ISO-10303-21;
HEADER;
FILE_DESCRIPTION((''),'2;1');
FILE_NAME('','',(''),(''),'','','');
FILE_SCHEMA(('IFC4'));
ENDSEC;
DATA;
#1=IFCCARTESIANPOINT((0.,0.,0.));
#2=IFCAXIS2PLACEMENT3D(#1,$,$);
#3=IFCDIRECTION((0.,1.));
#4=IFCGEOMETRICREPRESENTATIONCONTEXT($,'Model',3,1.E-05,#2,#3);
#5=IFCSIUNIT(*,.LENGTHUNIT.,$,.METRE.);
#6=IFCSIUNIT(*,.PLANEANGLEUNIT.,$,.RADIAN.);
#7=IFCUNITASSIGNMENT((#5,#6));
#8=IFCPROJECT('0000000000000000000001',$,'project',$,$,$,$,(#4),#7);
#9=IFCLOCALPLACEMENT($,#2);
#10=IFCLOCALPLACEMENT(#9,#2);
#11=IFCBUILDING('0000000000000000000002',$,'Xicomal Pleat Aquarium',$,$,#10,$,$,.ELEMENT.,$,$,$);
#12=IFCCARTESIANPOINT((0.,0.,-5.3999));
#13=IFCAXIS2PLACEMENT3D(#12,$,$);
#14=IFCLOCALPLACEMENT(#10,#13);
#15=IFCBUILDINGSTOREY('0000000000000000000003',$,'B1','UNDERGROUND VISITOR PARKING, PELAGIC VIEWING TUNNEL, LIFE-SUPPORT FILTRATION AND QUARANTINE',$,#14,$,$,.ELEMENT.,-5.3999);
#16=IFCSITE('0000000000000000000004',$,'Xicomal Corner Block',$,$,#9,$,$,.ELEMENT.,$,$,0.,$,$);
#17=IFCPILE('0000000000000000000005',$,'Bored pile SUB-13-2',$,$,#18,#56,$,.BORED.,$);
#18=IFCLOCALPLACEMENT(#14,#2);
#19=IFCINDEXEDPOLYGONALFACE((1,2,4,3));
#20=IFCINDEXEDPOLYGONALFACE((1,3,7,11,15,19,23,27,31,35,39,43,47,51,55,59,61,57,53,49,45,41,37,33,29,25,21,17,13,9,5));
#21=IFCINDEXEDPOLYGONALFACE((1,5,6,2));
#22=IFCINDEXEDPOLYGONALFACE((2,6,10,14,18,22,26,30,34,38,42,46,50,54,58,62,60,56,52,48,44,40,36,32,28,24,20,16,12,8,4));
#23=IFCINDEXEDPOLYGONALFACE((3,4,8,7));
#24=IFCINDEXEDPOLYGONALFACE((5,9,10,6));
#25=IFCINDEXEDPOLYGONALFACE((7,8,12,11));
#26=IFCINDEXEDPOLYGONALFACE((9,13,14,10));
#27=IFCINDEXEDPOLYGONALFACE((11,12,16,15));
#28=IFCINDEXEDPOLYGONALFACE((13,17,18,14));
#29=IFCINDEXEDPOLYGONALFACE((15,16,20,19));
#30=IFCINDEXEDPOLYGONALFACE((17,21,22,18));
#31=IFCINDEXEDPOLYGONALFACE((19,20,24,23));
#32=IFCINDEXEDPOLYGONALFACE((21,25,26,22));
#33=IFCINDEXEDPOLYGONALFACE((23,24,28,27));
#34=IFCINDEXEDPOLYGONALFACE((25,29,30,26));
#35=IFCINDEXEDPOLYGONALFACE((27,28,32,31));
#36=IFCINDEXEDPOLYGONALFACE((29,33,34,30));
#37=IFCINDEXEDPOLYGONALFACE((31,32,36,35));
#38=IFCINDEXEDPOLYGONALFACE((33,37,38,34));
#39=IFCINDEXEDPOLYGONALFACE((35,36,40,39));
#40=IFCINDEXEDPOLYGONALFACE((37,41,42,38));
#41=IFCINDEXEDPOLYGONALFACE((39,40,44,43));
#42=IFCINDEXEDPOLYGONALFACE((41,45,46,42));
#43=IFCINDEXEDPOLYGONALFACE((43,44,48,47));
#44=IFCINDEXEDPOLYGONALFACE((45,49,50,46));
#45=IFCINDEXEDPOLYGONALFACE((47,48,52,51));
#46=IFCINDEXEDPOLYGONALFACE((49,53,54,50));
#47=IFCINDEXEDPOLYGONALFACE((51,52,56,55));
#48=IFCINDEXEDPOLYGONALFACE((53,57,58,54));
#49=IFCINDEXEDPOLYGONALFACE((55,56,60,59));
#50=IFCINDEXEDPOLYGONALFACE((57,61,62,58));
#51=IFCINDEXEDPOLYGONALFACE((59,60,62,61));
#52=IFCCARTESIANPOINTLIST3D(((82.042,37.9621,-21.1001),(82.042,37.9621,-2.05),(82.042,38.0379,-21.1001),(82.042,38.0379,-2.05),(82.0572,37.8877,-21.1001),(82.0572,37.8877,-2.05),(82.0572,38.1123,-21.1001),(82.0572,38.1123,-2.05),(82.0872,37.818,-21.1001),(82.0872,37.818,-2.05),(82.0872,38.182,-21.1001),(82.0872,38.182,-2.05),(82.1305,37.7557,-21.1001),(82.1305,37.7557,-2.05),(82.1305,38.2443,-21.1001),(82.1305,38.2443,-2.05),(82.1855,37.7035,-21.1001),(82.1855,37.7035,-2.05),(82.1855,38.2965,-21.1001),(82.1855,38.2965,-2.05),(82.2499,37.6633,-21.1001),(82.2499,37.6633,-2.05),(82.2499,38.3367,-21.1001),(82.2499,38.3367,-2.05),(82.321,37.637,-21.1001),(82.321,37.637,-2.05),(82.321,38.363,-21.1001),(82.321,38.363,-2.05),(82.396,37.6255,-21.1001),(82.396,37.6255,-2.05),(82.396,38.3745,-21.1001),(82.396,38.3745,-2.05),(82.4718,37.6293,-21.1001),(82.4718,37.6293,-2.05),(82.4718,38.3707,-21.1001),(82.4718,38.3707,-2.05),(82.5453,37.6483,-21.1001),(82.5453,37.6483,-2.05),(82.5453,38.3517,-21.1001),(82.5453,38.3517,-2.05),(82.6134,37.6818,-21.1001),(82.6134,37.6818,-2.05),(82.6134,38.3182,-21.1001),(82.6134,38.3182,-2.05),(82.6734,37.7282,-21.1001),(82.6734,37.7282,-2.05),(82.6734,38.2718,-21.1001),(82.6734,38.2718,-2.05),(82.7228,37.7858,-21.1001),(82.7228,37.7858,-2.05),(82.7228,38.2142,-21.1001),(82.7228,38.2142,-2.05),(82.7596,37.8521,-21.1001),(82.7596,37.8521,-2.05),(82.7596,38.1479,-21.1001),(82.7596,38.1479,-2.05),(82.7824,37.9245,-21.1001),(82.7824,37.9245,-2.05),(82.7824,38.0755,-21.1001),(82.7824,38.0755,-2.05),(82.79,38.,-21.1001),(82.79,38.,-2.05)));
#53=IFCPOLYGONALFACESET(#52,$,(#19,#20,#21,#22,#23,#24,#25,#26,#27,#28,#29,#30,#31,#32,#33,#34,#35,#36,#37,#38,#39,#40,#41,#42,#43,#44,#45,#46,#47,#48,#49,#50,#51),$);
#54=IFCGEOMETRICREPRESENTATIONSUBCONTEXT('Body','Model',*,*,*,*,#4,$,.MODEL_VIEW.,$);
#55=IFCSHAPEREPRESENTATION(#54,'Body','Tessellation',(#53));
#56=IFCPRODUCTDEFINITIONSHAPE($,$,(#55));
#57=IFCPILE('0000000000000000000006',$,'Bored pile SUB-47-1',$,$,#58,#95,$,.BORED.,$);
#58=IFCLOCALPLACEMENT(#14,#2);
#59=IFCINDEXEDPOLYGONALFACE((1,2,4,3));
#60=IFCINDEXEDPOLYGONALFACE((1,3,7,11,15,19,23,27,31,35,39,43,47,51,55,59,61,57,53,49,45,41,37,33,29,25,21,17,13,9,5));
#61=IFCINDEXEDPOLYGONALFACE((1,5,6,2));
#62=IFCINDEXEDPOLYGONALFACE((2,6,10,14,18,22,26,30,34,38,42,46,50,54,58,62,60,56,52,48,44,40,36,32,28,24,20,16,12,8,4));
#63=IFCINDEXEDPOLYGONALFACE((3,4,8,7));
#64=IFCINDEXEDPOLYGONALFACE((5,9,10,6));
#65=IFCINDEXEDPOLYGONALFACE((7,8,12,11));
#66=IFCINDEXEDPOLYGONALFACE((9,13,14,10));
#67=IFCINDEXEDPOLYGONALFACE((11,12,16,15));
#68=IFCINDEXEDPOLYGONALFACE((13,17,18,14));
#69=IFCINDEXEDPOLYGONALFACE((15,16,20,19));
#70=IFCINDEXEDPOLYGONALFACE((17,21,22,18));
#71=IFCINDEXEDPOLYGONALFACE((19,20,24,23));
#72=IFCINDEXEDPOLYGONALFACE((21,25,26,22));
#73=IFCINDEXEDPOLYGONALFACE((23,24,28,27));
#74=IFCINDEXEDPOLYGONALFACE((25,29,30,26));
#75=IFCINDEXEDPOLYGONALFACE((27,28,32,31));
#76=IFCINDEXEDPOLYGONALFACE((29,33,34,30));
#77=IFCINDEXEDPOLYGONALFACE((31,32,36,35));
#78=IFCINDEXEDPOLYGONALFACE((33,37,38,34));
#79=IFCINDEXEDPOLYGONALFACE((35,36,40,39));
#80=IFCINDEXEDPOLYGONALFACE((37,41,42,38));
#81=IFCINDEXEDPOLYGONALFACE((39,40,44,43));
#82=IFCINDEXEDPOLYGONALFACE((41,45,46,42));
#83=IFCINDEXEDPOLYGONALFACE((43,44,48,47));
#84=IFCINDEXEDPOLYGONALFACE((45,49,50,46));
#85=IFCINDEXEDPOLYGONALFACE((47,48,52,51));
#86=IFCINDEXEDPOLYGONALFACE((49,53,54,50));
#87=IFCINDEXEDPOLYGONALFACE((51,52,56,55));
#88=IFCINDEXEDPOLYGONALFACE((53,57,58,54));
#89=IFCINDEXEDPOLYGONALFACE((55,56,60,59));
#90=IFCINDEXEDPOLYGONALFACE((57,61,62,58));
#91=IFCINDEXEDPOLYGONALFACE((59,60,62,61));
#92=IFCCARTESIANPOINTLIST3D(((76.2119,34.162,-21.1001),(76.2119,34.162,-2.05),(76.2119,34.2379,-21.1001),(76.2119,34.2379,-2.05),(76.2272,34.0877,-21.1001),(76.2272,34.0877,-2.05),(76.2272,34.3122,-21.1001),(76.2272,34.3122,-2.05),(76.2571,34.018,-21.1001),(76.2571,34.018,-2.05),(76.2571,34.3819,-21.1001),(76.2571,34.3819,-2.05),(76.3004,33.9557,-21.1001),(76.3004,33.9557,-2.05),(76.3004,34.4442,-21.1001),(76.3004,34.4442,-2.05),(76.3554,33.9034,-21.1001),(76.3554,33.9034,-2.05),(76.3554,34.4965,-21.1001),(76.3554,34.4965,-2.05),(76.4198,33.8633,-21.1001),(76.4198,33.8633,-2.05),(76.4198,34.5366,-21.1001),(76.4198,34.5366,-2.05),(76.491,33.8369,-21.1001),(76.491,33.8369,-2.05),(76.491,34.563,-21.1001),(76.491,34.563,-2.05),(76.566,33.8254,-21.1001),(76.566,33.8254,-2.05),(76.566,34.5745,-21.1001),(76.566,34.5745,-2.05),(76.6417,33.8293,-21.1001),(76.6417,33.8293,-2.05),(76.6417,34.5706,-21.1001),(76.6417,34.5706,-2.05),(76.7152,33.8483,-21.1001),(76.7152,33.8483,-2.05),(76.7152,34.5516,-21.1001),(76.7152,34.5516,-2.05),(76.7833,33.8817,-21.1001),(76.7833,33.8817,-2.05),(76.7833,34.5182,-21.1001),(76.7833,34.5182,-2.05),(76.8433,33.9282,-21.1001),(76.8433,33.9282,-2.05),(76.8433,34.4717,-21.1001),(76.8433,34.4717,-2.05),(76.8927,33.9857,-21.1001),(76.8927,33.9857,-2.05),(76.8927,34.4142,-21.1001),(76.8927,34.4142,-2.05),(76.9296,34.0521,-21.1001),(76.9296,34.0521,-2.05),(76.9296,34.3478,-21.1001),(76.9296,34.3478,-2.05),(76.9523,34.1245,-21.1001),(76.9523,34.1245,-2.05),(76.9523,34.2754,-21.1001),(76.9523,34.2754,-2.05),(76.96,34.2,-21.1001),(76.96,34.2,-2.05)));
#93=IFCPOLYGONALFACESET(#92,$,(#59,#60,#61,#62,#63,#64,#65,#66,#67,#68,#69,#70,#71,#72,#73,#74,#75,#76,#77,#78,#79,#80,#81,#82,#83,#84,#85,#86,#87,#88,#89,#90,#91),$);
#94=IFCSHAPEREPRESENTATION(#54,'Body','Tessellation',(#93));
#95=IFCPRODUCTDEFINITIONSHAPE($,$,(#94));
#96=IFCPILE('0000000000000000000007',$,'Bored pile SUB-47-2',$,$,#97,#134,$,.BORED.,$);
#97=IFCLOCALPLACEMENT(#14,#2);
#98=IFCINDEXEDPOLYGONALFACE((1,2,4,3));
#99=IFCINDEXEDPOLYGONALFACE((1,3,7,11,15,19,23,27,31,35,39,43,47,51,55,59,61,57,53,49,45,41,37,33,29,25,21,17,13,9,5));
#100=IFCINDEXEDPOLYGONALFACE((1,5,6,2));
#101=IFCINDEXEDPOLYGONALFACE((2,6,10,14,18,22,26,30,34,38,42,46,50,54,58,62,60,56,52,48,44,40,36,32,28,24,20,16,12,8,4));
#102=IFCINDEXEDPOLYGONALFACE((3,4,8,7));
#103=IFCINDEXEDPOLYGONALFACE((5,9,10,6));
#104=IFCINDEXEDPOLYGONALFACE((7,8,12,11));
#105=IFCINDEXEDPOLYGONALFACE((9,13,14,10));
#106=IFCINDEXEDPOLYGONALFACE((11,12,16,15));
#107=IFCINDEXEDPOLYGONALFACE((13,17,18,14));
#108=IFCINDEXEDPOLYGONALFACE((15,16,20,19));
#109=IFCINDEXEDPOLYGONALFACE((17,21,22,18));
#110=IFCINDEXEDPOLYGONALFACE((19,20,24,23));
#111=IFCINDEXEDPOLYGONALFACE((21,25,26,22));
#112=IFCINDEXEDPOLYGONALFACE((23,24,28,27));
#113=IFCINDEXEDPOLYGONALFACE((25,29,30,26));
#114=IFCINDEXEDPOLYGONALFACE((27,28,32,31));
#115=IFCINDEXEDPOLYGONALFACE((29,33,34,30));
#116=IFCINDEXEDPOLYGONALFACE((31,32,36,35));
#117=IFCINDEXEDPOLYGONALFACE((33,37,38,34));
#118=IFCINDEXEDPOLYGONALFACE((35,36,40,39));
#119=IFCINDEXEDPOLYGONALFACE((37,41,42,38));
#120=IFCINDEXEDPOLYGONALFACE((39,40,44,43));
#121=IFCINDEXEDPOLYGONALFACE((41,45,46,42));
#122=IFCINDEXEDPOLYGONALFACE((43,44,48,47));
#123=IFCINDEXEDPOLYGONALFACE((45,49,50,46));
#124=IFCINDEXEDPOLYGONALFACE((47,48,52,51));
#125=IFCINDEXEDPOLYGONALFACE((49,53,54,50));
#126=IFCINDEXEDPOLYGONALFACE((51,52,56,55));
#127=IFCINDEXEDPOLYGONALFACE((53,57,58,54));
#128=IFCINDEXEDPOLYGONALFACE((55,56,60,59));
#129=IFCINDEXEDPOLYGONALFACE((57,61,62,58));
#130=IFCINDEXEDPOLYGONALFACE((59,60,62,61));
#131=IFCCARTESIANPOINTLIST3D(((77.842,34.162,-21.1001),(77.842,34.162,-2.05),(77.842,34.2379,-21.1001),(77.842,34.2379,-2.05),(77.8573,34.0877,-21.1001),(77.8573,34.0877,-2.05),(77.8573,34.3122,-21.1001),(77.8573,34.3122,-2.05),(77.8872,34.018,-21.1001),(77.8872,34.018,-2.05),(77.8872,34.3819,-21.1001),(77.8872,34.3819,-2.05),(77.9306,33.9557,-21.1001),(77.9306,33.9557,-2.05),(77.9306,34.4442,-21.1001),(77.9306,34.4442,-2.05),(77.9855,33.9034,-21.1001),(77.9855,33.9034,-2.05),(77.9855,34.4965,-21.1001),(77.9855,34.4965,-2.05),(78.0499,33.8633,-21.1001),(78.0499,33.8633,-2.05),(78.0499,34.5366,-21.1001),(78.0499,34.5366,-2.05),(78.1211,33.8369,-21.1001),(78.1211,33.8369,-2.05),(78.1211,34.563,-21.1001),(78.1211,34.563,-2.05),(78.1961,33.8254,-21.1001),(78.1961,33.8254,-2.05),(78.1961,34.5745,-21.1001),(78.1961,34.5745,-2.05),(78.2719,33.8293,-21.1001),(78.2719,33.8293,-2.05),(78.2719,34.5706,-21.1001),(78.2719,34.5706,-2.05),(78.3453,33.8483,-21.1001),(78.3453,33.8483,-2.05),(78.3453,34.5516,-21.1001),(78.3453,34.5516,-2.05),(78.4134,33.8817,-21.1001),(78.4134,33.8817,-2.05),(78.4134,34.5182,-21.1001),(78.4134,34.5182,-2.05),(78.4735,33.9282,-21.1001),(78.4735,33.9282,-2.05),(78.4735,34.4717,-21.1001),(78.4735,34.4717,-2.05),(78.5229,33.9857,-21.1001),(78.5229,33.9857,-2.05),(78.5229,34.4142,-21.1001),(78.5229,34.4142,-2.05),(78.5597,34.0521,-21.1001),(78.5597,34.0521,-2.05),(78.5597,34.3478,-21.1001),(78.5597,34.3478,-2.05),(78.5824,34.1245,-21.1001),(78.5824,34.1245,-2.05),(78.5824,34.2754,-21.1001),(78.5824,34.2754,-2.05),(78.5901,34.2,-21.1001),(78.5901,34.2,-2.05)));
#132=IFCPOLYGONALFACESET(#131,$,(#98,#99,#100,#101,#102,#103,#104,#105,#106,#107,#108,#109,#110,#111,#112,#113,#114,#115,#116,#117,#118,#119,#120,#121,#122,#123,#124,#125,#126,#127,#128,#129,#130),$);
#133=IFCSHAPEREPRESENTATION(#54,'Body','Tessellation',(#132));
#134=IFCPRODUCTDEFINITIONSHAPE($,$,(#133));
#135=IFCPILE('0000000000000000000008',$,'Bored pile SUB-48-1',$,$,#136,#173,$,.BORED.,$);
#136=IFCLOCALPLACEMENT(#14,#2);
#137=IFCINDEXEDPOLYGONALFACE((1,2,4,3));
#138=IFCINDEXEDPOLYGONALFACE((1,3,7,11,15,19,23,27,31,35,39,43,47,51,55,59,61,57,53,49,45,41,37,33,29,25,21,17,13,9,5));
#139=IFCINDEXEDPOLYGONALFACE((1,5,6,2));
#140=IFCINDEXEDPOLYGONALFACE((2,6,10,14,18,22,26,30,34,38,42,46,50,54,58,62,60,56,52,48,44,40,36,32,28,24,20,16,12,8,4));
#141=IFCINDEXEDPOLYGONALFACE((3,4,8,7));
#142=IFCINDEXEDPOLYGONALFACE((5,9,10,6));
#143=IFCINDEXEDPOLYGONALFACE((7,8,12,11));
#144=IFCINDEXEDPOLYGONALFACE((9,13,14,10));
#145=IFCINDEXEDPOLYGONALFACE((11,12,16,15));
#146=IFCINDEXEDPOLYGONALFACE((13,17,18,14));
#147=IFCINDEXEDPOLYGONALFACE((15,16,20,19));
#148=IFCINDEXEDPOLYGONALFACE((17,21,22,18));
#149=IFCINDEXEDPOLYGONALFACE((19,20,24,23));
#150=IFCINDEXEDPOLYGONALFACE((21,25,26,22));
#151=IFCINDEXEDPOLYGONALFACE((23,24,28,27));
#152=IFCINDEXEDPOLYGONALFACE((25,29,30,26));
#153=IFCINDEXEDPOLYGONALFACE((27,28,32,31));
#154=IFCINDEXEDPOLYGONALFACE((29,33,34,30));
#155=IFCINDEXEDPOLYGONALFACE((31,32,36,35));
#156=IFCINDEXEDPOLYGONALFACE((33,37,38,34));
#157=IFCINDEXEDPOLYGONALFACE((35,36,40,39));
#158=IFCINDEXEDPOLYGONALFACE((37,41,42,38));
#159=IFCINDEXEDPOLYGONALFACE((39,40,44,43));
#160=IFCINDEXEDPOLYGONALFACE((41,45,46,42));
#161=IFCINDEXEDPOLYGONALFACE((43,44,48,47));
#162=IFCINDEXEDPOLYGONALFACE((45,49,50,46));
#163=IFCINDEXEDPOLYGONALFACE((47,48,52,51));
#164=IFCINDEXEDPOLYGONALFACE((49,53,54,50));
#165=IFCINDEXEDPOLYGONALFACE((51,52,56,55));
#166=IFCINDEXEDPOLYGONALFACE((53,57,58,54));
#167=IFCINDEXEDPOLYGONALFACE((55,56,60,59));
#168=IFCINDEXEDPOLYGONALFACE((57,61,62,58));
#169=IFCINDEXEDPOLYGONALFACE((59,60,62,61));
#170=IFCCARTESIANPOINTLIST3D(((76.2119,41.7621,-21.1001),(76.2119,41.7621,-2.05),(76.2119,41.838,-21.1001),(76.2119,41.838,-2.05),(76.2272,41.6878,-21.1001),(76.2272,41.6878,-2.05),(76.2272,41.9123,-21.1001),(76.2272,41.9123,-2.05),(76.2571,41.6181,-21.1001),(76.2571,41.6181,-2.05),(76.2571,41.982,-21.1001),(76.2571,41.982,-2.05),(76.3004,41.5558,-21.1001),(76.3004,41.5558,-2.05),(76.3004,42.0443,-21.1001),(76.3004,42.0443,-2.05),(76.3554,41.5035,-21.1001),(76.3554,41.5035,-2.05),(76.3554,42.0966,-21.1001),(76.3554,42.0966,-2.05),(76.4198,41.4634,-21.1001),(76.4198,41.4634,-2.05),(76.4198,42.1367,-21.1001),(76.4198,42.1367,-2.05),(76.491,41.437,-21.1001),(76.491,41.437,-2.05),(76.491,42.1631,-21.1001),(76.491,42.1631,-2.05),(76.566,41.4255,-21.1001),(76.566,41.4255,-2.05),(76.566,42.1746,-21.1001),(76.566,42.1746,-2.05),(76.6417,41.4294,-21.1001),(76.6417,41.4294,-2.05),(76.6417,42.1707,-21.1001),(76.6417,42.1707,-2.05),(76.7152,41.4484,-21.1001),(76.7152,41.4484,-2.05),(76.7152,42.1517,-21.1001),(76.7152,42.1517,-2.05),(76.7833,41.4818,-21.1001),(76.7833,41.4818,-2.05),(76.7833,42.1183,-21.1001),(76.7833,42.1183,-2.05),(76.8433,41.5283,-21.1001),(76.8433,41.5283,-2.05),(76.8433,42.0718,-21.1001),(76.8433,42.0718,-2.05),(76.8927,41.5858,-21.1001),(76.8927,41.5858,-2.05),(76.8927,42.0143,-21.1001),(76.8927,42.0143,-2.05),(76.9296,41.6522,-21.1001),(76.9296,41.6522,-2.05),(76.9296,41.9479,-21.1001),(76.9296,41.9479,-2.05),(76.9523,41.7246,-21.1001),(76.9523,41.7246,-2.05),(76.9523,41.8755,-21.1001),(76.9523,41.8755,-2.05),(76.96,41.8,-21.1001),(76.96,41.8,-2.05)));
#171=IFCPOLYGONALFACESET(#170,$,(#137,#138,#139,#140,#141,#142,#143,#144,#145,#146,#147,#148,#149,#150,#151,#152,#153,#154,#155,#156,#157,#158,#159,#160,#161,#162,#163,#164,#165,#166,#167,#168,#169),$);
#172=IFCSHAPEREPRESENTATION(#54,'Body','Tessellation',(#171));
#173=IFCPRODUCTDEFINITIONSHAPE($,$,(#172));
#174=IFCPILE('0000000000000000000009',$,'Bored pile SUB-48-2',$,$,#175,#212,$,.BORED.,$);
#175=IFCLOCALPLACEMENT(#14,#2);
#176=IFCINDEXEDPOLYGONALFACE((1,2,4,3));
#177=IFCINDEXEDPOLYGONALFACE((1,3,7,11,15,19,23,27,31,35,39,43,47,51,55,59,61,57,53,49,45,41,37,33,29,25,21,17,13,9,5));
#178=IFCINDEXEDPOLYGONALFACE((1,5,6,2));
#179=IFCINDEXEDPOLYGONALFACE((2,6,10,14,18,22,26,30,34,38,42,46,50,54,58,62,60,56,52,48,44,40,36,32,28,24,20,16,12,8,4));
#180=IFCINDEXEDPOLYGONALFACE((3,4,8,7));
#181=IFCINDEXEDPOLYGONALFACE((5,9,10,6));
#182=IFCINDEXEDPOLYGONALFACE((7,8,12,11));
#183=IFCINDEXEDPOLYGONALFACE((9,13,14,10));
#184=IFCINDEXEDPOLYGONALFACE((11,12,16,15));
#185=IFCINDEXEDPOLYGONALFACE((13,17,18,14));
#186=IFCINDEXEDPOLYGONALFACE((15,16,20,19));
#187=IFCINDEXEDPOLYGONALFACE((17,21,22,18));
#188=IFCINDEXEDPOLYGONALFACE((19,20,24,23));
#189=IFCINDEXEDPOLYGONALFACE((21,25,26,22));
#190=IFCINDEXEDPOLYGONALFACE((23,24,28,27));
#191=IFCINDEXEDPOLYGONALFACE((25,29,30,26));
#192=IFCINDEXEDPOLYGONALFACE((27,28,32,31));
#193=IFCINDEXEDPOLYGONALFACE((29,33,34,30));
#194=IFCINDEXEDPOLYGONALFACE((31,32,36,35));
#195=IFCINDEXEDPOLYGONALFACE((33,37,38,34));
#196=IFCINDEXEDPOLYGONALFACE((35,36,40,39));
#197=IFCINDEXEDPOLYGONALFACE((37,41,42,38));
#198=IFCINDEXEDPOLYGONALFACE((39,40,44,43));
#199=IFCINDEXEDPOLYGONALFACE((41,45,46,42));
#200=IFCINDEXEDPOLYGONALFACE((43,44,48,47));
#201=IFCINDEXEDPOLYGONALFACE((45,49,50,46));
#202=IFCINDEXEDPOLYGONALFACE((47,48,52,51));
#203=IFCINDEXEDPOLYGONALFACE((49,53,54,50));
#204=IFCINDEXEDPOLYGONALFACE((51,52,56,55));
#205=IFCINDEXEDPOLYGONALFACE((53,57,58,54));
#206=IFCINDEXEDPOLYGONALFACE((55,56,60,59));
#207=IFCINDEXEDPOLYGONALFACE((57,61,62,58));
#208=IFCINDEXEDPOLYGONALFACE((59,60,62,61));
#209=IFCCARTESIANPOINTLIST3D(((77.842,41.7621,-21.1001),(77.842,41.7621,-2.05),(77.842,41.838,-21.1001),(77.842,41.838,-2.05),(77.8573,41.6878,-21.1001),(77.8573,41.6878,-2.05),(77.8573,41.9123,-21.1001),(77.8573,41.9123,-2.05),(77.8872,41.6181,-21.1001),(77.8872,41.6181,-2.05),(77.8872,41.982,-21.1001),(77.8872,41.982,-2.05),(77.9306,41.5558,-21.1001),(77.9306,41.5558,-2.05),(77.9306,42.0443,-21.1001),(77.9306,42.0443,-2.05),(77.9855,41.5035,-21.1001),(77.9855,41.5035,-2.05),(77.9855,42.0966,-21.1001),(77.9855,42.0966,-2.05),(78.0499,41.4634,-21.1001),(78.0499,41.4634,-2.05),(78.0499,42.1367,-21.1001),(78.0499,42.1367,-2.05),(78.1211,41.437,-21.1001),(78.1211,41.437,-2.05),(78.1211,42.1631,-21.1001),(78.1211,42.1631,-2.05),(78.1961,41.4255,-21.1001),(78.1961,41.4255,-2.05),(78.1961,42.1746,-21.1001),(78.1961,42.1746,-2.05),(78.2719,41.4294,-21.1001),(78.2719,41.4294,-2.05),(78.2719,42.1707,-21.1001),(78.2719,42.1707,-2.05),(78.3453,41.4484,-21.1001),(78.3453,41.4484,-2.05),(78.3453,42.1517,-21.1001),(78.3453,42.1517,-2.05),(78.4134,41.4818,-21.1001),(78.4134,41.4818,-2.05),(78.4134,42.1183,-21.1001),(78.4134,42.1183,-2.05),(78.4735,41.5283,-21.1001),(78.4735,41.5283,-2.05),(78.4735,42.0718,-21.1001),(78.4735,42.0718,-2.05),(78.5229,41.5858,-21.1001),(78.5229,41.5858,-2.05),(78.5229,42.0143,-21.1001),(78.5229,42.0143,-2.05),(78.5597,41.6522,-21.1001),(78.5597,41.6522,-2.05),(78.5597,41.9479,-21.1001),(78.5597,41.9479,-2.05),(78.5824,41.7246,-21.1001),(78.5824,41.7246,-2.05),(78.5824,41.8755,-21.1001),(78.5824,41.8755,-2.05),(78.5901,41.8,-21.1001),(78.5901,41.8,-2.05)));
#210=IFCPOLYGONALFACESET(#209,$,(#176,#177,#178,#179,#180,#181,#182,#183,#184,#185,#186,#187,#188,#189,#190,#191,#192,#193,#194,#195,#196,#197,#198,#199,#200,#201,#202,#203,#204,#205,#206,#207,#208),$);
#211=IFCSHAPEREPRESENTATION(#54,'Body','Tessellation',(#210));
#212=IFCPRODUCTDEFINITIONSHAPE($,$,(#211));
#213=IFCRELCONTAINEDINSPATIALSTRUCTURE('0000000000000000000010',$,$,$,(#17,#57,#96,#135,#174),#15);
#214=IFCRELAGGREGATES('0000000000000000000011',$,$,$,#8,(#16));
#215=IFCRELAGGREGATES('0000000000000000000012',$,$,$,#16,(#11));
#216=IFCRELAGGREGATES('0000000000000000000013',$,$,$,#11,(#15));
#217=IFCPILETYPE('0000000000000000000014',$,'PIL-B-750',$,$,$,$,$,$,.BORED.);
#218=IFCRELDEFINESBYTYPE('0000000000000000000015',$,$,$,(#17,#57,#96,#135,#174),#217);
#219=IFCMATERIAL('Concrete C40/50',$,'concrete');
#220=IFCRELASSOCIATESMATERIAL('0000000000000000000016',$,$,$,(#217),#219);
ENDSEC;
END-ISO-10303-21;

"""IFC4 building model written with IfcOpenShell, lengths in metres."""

from ifc_helpers import new_model, si_unit, direction, frame, origin, origin_2d, place, context, subcontext, project, spatial, circle, extrude, material, material_profile, profile_set, type_object, element, save


model = new_model("IFC4")

# Units and contexts
model_context = context("Model", 3, precision=1e-05, world=origin(), true_north=direction((0.0, 1.0)))
body_context = subcontext(model_context, "Body", "Model", "MODEL_VIEW")
ifc_project = project(units=[si_unit("LENGTHUNIT", "METRE"), si_unit("PLANEANGLEUNIT", "RADIAN")], contexts=[model_context])

# Site, building, storey
site_placement = place(None, origin())
site = spatial("IfcSite", under=ifc_project, at=site_placement, Name="Xicomal Corner Block", CompositionType="ELEMENT", RefElevation=0.0)
building_placement = place(site_placement, origin())
building = spatial("IfcBuilding", under=site, at=building_placement, Name="Xicomal Pleat Aquarium", CompositionType="ELEMENT")
storey_placement = place(building_placement, frame((0.0, 0.0, -5.3999)))
storey = spatial("IfcBuildingStorey", under=building, at=storey_placement, Name="B1", Description="UNDERGROUND VISITOR PARKING, PELAGIC VIEWING TUNNEL, LIFE-SUPPORT FILTRATION AND QUARANTINE", CompositionType="ELEMENT", Elevation=-5.3999)

# Piles
ifc_material_1 = material(Name="Concrete C40/50", Category="concrete")
ifc_material_profile_1 = material_profile(ifc_material_1, circle(Radius=0.375, at=origin_2d()), Name="BORED PILE D750")
ifc_profile_set_1 = profile_set([ifc_material_profile_1], Name="Concrete C40/50")
pile_type_1 = type_object("IfcPileType", Name="PIL-B-750", PredefinedType="BORED", material=ifc_profile_set_1)
for number, where, z_axis, x_axis, name in (
    (1, (82.415, 38.0, -2.05), (0.0, 0.0, -1.0), (1.0, 0.0, 0.0), "Bored pile SUB-13-2"),
    (2, (76.585, 34.2, -2.05), (0.0, 0.0, -1.0), (1.0, 0.0, 0.0), "Bored pile SUB-47-1"),
    (3, (78.2151, 34.2, -2.05), (0.0, 0.0, -1.0), (1.0, 0.0, 0.0), "Bored pile SUB-47-2"),
    (4, (76.585, 41.8, -2.05), (0.0, 0.0, -1.0), (1.0, 0.0, 0.0), "Bored pile SUB-48-1"),
    (5, (78.2151, 41.8, -2.05), (0.0, 0.0, -1.0), (1.0, 0.0, 0.0), "Bored pile SUB-48-2"),
):
    element("IfcPile", number, at=place(storey_placement, frame(where, z_axis=z_axis, x_axis=x_axis)), inside=storey, type_object=pile_type_1, Name=name, PredefinedType="BORED", context=body_context, shape_type="SweptSolid", body=[
        extrude(circle(Radius=0.375, at=origin_2d()), origin(), (0.0, 0.0, 1.0), 19.05),
    ])

save(model, "model.ifc")
